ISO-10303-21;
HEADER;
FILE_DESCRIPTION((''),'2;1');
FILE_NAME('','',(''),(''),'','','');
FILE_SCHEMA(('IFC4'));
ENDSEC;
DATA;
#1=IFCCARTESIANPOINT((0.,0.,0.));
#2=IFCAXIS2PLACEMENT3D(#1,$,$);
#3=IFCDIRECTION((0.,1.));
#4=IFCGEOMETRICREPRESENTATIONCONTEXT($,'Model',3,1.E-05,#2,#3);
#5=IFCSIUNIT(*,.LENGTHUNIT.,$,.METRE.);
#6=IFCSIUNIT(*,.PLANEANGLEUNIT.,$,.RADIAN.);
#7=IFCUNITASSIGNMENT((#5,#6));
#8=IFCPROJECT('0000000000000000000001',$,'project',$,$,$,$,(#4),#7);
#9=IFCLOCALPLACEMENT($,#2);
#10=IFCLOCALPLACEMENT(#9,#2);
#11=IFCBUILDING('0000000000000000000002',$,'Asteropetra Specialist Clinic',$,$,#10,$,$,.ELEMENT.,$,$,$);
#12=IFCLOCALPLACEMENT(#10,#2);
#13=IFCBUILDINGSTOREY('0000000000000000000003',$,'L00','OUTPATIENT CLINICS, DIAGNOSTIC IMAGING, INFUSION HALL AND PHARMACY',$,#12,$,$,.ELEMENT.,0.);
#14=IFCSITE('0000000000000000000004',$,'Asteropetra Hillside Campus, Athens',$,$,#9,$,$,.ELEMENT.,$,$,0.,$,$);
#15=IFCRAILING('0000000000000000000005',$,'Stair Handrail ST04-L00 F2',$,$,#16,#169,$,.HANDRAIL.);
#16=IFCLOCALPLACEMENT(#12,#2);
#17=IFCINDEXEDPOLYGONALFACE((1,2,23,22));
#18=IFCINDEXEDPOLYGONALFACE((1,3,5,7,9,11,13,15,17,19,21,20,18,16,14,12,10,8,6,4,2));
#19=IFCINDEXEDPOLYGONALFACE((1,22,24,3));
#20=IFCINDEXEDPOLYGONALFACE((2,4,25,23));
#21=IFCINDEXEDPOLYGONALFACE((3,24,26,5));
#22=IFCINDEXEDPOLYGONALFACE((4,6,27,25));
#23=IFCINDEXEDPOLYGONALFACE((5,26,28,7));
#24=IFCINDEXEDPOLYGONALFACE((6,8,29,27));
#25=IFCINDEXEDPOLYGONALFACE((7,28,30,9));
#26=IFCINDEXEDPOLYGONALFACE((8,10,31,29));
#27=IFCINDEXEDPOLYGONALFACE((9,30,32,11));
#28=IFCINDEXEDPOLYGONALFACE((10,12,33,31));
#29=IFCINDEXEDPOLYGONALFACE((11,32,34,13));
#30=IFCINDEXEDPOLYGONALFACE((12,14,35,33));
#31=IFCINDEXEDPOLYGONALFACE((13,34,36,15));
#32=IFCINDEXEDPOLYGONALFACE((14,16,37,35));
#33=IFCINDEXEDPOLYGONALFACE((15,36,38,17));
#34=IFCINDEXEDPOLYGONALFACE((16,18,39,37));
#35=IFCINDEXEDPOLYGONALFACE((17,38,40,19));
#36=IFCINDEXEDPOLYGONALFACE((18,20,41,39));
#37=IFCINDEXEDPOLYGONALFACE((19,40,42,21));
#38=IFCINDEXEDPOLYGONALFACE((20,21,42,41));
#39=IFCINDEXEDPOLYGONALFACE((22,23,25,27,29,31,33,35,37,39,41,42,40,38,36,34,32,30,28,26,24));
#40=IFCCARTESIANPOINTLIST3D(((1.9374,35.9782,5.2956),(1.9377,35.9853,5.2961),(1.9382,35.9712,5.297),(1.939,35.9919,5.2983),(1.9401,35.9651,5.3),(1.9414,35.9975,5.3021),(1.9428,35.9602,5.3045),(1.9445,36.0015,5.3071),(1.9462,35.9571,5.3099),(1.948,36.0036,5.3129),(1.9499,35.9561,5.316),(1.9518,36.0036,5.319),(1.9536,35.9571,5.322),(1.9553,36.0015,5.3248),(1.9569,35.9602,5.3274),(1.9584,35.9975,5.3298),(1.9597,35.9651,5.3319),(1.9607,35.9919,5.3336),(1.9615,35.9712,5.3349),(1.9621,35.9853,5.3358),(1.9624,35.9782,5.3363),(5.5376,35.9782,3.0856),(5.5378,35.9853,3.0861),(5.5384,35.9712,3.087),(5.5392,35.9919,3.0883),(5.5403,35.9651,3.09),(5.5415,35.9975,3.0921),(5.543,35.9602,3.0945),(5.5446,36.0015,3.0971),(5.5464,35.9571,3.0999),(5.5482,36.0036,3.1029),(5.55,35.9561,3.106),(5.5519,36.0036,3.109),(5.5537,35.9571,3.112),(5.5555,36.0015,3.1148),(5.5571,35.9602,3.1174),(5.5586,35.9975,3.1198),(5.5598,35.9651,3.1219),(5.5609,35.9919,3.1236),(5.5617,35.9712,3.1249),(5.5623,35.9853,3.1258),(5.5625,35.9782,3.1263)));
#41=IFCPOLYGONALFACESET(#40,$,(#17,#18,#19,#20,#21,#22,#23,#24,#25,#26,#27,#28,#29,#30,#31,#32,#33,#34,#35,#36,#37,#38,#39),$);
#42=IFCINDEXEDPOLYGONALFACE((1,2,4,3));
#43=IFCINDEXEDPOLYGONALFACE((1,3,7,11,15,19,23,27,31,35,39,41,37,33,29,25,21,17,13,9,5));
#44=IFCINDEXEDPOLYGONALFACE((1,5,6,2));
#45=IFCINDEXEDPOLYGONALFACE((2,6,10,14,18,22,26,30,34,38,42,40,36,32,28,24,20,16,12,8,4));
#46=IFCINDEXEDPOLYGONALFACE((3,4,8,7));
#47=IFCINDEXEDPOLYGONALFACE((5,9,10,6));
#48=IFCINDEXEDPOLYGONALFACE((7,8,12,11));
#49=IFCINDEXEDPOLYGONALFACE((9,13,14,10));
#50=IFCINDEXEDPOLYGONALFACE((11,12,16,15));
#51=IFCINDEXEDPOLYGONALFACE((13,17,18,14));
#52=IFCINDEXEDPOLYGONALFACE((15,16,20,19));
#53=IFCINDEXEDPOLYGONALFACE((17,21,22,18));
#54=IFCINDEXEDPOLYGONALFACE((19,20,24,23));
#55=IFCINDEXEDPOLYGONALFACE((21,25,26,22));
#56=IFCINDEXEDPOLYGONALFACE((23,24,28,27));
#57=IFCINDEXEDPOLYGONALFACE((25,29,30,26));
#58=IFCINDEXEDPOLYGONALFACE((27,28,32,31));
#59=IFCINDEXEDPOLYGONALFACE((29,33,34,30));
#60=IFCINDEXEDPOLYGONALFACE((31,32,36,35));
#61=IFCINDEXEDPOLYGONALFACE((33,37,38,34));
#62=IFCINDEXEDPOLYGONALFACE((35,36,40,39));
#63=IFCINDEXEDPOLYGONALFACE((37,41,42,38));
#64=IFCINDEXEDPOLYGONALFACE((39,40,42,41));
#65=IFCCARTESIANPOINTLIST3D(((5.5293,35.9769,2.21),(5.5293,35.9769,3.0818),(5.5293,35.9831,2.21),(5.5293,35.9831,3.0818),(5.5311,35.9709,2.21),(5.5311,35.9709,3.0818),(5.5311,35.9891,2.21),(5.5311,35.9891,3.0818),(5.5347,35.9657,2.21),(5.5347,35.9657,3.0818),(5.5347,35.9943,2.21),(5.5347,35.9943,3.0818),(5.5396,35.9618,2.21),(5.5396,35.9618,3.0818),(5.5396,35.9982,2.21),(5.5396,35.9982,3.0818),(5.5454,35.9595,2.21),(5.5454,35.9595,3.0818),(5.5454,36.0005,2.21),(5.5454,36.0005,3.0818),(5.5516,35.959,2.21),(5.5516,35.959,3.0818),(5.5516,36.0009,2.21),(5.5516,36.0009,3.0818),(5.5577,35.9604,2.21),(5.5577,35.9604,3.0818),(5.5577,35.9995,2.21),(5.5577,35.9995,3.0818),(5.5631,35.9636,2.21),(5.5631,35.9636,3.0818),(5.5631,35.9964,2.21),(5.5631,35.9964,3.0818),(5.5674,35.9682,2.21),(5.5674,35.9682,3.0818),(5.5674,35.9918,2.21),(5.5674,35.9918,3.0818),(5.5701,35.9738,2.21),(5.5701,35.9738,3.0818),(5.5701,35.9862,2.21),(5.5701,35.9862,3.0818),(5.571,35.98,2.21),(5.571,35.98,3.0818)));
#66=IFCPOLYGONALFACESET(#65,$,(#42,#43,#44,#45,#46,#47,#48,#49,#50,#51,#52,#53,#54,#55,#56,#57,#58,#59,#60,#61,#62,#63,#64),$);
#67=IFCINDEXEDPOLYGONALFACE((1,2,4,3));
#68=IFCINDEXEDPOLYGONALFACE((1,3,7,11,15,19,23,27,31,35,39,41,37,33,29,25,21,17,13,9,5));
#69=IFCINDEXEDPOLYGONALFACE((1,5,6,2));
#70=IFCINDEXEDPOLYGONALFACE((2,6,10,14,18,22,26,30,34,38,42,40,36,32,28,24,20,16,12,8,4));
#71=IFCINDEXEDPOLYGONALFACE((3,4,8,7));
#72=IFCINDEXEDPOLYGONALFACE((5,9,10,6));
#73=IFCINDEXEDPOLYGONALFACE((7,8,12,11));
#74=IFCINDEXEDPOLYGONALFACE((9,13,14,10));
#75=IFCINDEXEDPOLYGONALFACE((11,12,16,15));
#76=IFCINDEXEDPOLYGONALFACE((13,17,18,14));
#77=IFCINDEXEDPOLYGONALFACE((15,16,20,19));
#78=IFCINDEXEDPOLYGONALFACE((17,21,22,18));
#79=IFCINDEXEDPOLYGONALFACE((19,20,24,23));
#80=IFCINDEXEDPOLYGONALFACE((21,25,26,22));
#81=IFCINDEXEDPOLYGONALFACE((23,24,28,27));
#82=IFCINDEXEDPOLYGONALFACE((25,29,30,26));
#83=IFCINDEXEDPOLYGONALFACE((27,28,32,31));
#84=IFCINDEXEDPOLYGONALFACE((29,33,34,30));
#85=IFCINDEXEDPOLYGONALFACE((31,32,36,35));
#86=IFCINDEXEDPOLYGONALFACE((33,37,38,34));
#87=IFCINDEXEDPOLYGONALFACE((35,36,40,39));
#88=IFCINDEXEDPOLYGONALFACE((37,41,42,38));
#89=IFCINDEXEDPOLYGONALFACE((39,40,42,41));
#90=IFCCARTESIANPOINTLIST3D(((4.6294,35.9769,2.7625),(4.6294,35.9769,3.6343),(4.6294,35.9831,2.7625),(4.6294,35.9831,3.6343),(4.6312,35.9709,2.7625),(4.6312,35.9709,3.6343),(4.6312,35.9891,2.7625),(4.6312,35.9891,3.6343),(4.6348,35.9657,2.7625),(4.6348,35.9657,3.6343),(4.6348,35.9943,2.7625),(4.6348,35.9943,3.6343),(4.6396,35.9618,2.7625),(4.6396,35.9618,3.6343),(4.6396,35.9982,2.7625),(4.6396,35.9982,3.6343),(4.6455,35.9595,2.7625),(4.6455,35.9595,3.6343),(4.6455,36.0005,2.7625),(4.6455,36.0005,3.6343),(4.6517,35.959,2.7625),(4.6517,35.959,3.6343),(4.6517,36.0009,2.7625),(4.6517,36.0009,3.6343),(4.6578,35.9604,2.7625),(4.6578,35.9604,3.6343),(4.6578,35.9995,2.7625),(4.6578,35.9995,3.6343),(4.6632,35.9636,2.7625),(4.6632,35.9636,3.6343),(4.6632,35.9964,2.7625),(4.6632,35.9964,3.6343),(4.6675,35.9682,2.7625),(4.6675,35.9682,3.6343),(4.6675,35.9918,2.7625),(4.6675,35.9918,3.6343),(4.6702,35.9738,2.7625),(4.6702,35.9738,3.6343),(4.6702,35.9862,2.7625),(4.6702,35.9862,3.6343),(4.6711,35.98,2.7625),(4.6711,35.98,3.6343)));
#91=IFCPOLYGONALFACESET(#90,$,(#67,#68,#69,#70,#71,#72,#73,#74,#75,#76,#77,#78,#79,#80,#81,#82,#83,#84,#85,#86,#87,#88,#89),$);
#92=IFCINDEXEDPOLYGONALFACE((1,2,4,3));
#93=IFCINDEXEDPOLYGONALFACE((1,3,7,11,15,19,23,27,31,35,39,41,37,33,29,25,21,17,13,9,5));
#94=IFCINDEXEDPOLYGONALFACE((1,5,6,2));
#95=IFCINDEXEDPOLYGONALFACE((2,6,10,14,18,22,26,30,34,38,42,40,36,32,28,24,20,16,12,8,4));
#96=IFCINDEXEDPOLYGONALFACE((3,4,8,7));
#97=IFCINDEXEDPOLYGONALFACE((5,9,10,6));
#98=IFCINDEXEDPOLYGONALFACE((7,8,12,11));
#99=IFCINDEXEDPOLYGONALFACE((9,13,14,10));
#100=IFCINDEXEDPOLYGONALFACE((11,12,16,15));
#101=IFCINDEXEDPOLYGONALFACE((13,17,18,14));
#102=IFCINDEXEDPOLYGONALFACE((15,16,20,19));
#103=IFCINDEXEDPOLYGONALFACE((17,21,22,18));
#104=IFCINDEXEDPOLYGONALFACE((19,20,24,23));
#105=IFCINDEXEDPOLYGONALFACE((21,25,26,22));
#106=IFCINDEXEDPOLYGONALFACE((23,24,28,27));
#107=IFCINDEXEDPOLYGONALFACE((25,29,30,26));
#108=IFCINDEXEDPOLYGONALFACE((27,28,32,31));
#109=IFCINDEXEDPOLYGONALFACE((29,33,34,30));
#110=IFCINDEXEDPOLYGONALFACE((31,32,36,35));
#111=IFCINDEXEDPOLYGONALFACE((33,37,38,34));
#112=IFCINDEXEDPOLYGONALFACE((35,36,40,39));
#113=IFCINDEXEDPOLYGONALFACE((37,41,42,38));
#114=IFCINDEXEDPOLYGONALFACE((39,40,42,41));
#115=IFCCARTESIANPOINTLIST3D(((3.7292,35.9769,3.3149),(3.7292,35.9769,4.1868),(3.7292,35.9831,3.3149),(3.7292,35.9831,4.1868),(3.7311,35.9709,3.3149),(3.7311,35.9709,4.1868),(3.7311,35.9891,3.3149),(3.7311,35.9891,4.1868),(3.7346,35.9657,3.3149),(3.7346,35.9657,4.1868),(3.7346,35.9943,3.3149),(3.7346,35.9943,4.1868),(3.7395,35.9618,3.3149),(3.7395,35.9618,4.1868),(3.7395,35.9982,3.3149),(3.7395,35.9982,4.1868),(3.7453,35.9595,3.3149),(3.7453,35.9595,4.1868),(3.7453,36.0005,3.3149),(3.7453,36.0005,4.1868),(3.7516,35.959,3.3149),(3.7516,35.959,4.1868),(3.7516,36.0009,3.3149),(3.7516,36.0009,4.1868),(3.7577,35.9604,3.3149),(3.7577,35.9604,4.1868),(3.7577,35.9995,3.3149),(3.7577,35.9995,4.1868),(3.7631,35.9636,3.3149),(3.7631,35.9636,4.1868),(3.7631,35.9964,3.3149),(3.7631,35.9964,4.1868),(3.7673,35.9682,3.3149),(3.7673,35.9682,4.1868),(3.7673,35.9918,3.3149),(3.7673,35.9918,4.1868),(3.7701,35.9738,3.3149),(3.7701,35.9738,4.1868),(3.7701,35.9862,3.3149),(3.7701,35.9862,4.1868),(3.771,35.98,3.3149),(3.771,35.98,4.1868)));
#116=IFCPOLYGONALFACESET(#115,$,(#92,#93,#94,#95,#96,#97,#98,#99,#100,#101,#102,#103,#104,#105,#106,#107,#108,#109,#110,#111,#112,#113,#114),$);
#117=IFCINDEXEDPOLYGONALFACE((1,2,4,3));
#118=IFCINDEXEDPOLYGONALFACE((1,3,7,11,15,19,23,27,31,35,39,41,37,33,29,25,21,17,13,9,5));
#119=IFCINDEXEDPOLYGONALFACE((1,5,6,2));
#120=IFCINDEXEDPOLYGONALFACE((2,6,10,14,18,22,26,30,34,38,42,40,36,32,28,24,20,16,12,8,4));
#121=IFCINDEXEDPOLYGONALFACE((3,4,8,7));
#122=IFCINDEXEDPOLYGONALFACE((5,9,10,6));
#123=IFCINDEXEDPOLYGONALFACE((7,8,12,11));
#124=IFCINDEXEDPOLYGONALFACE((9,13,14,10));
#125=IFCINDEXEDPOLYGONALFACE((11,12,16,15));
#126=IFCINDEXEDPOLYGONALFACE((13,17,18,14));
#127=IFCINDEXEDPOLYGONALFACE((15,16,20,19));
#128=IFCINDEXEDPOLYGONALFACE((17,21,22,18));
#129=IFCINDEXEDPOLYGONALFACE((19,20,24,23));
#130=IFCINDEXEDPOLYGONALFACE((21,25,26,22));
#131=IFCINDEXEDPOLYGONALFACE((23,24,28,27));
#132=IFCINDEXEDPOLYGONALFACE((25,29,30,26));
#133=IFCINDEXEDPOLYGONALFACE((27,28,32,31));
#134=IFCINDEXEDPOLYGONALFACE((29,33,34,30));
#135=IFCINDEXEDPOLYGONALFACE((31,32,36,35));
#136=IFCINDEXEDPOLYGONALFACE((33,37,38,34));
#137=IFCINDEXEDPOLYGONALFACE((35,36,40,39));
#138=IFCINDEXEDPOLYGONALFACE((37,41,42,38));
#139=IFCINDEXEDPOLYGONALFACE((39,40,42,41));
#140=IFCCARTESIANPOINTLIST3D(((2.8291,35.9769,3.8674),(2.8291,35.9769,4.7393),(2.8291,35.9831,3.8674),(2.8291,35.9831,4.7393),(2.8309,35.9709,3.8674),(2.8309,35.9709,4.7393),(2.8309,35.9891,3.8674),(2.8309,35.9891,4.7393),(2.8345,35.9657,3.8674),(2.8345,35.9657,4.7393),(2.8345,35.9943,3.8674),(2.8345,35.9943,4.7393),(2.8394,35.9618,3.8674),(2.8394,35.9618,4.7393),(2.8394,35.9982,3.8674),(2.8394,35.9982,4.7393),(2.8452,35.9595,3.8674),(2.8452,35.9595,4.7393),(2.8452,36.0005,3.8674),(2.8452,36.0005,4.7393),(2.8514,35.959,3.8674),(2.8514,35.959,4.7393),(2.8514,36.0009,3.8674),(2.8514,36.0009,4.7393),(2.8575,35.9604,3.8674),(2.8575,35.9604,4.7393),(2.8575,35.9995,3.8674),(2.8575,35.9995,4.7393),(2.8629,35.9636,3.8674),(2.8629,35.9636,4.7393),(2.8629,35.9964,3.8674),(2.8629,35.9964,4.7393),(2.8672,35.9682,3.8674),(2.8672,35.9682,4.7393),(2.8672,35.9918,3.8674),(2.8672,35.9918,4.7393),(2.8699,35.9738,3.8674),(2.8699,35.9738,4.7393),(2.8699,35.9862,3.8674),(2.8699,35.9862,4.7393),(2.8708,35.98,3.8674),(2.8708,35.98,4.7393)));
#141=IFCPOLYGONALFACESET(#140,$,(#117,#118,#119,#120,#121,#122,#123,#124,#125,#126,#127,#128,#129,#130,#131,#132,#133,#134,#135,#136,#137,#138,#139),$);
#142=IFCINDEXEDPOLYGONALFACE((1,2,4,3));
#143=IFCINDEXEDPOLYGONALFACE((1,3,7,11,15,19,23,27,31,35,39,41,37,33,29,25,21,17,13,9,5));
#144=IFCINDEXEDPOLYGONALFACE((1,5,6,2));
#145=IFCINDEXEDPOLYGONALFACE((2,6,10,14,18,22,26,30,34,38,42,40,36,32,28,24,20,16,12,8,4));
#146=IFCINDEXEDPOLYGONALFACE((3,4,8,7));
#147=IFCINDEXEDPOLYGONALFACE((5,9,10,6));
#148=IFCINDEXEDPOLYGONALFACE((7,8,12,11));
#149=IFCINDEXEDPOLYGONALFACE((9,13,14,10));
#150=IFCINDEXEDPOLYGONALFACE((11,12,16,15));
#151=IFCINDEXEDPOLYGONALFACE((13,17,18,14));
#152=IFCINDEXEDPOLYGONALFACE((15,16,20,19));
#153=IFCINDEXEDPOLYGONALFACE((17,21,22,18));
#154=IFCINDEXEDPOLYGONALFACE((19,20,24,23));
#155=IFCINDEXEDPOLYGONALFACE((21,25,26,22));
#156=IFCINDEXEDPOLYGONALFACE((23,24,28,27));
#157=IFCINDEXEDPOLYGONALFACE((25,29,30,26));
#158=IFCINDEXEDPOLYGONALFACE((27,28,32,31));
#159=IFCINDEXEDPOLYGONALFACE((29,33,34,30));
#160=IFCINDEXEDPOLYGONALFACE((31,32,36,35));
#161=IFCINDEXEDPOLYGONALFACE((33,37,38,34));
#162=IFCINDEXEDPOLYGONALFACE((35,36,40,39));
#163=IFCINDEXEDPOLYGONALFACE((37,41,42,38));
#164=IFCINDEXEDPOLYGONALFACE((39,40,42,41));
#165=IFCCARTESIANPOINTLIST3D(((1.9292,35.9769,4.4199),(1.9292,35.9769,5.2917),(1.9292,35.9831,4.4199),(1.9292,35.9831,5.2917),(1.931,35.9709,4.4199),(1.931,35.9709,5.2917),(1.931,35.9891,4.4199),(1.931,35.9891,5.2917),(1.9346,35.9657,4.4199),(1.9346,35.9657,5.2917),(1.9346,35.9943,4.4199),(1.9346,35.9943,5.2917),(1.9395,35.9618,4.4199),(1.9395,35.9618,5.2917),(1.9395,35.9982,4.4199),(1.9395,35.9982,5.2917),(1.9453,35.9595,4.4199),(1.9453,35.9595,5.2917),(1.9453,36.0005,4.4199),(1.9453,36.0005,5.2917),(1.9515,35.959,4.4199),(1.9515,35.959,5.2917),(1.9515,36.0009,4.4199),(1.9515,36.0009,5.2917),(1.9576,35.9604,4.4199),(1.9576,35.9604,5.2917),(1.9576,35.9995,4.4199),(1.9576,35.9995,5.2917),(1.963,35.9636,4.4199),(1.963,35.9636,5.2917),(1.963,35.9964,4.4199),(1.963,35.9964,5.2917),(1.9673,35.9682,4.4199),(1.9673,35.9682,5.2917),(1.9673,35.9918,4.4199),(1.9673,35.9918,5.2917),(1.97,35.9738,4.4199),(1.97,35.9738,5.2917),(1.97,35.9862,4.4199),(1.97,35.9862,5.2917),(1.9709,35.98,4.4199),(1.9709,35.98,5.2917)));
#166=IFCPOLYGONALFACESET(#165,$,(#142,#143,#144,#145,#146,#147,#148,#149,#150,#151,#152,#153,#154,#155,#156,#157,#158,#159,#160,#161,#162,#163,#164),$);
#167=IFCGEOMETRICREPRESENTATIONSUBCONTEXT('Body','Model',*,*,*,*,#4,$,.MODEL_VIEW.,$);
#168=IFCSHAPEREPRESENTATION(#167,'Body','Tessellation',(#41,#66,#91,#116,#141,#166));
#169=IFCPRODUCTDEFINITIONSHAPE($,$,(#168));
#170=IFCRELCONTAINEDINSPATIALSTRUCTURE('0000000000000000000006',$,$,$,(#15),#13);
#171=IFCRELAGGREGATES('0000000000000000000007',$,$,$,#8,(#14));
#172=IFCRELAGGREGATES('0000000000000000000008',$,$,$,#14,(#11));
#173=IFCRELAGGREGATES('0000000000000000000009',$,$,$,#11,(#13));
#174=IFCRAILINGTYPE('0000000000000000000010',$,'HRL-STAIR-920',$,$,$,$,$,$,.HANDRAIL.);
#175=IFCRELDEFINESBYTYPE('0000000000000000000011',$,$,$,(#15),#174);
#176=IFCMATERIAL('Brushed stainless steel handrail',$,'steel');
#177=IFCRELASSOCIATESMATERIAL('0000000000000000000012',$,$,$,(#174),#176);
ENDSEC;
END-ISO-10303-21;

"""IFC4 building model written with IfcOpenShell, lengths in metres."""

from ifc_helpers import new_model, si_unit, direction, frame, origin, origin_2d, place, context, subcontext, project, spatial, circle, extrude, material, type_object, element, save


model = new_model("IFC4")

# Units and contexts
model_context = context("Model", 3, precision=1e-05, world=origin(), true_north=direction((0.0, 1.0)))
body_context = subcontext(model_context, "Body", "Model", "MODEL_VIEW")
ifc_project = project(units=[si_unit("LENGTHUNIT", "METRE"), si_unit("PLANEANGLEUNIT", "RADIAN")], contexts=[model_context])

# Site, building, storey
site_placement = place(None, origin())
site = spatial("IfcSite", under=ifc_project, at=site_placement, Name="Asteropetra Hillside Campus, Athens", CompositionType="ELEMENT", RefElevation=0.0)
building_placement = place(site_placement, origin())
building = spatial("IfcBuilding", under=site, at=building_placement, Name="Asteropetra Specialist Clinic", CompositionType="ELEMENT")
storey_placement = place(building_placement, origin())
storey = spatial("IfcBuildingStorey", under=building, at=storey_placement, Name="L00", Description="OUTPATIENT CLINICS, DIAGNOSTIC IMAGING, INFUSION HALL AND PHARMACY", CompositionType="ELEMENT", Elevation=0.0)

# Railing
ifc_material_1 = material(Name="Brushed stainless steel handrail", Category="steel")
railing_type_1 = type_object("IfcRailingType", Name="HRL-STAIR-920", PredefinedType="HANDRAIL", material=ifc_material_1)
railing_1_placement = place(storey_placement, frame((5.55, 35.98, 2.21)))
element("IfcRailing", 1, at=railing_1_placement, inside=storey, type_object=railing_type_1, Name="Stair Handrail ST04-L00 F2", PredefinedType="HANDRAIL", context=body_context, shape_type="SweptSolid", body=[
    extrude(circle(Radius=0.0239, at=origin_2d()), frame((0.0, 0.0, 0.896), z_axis=(-0.852237, 0.0, 0.523156), x_axis=(0.0, -1.0, 0.0)), (0.0, 0.0, 1.0), 4.2244),
    extrude(circle(Radius=0.021, at=origin_2d()), origin(), (0.0, 0.0, 1.0), 0.8718),
    extrude(circle(Radius=0.021, at=origin_2d()), frame((-0.8999, 0.0, 0.5525)), (0.0, 0.0, 1.0), 0.8718),
    extrude(circle(Radius=0.021, at=origin_2d()), frame((-1.8, 0.0, 1.105)), (0.0, 0.0, 1.0), 0.8718),
    extrude(circle(Radius=0.021, at=origin_2d()), frame((-2.7002, 0.0, 1.6575)), (0.0, 0.0, 1.0), 0.8718),
    extrude(circle(Radius=0.021, at=origin_2d()), frame((-3.6001, 0.0, 2.21)), (0.0, 0.0, 1.0), 0.8718),
])

save(model, "model.ifc")
